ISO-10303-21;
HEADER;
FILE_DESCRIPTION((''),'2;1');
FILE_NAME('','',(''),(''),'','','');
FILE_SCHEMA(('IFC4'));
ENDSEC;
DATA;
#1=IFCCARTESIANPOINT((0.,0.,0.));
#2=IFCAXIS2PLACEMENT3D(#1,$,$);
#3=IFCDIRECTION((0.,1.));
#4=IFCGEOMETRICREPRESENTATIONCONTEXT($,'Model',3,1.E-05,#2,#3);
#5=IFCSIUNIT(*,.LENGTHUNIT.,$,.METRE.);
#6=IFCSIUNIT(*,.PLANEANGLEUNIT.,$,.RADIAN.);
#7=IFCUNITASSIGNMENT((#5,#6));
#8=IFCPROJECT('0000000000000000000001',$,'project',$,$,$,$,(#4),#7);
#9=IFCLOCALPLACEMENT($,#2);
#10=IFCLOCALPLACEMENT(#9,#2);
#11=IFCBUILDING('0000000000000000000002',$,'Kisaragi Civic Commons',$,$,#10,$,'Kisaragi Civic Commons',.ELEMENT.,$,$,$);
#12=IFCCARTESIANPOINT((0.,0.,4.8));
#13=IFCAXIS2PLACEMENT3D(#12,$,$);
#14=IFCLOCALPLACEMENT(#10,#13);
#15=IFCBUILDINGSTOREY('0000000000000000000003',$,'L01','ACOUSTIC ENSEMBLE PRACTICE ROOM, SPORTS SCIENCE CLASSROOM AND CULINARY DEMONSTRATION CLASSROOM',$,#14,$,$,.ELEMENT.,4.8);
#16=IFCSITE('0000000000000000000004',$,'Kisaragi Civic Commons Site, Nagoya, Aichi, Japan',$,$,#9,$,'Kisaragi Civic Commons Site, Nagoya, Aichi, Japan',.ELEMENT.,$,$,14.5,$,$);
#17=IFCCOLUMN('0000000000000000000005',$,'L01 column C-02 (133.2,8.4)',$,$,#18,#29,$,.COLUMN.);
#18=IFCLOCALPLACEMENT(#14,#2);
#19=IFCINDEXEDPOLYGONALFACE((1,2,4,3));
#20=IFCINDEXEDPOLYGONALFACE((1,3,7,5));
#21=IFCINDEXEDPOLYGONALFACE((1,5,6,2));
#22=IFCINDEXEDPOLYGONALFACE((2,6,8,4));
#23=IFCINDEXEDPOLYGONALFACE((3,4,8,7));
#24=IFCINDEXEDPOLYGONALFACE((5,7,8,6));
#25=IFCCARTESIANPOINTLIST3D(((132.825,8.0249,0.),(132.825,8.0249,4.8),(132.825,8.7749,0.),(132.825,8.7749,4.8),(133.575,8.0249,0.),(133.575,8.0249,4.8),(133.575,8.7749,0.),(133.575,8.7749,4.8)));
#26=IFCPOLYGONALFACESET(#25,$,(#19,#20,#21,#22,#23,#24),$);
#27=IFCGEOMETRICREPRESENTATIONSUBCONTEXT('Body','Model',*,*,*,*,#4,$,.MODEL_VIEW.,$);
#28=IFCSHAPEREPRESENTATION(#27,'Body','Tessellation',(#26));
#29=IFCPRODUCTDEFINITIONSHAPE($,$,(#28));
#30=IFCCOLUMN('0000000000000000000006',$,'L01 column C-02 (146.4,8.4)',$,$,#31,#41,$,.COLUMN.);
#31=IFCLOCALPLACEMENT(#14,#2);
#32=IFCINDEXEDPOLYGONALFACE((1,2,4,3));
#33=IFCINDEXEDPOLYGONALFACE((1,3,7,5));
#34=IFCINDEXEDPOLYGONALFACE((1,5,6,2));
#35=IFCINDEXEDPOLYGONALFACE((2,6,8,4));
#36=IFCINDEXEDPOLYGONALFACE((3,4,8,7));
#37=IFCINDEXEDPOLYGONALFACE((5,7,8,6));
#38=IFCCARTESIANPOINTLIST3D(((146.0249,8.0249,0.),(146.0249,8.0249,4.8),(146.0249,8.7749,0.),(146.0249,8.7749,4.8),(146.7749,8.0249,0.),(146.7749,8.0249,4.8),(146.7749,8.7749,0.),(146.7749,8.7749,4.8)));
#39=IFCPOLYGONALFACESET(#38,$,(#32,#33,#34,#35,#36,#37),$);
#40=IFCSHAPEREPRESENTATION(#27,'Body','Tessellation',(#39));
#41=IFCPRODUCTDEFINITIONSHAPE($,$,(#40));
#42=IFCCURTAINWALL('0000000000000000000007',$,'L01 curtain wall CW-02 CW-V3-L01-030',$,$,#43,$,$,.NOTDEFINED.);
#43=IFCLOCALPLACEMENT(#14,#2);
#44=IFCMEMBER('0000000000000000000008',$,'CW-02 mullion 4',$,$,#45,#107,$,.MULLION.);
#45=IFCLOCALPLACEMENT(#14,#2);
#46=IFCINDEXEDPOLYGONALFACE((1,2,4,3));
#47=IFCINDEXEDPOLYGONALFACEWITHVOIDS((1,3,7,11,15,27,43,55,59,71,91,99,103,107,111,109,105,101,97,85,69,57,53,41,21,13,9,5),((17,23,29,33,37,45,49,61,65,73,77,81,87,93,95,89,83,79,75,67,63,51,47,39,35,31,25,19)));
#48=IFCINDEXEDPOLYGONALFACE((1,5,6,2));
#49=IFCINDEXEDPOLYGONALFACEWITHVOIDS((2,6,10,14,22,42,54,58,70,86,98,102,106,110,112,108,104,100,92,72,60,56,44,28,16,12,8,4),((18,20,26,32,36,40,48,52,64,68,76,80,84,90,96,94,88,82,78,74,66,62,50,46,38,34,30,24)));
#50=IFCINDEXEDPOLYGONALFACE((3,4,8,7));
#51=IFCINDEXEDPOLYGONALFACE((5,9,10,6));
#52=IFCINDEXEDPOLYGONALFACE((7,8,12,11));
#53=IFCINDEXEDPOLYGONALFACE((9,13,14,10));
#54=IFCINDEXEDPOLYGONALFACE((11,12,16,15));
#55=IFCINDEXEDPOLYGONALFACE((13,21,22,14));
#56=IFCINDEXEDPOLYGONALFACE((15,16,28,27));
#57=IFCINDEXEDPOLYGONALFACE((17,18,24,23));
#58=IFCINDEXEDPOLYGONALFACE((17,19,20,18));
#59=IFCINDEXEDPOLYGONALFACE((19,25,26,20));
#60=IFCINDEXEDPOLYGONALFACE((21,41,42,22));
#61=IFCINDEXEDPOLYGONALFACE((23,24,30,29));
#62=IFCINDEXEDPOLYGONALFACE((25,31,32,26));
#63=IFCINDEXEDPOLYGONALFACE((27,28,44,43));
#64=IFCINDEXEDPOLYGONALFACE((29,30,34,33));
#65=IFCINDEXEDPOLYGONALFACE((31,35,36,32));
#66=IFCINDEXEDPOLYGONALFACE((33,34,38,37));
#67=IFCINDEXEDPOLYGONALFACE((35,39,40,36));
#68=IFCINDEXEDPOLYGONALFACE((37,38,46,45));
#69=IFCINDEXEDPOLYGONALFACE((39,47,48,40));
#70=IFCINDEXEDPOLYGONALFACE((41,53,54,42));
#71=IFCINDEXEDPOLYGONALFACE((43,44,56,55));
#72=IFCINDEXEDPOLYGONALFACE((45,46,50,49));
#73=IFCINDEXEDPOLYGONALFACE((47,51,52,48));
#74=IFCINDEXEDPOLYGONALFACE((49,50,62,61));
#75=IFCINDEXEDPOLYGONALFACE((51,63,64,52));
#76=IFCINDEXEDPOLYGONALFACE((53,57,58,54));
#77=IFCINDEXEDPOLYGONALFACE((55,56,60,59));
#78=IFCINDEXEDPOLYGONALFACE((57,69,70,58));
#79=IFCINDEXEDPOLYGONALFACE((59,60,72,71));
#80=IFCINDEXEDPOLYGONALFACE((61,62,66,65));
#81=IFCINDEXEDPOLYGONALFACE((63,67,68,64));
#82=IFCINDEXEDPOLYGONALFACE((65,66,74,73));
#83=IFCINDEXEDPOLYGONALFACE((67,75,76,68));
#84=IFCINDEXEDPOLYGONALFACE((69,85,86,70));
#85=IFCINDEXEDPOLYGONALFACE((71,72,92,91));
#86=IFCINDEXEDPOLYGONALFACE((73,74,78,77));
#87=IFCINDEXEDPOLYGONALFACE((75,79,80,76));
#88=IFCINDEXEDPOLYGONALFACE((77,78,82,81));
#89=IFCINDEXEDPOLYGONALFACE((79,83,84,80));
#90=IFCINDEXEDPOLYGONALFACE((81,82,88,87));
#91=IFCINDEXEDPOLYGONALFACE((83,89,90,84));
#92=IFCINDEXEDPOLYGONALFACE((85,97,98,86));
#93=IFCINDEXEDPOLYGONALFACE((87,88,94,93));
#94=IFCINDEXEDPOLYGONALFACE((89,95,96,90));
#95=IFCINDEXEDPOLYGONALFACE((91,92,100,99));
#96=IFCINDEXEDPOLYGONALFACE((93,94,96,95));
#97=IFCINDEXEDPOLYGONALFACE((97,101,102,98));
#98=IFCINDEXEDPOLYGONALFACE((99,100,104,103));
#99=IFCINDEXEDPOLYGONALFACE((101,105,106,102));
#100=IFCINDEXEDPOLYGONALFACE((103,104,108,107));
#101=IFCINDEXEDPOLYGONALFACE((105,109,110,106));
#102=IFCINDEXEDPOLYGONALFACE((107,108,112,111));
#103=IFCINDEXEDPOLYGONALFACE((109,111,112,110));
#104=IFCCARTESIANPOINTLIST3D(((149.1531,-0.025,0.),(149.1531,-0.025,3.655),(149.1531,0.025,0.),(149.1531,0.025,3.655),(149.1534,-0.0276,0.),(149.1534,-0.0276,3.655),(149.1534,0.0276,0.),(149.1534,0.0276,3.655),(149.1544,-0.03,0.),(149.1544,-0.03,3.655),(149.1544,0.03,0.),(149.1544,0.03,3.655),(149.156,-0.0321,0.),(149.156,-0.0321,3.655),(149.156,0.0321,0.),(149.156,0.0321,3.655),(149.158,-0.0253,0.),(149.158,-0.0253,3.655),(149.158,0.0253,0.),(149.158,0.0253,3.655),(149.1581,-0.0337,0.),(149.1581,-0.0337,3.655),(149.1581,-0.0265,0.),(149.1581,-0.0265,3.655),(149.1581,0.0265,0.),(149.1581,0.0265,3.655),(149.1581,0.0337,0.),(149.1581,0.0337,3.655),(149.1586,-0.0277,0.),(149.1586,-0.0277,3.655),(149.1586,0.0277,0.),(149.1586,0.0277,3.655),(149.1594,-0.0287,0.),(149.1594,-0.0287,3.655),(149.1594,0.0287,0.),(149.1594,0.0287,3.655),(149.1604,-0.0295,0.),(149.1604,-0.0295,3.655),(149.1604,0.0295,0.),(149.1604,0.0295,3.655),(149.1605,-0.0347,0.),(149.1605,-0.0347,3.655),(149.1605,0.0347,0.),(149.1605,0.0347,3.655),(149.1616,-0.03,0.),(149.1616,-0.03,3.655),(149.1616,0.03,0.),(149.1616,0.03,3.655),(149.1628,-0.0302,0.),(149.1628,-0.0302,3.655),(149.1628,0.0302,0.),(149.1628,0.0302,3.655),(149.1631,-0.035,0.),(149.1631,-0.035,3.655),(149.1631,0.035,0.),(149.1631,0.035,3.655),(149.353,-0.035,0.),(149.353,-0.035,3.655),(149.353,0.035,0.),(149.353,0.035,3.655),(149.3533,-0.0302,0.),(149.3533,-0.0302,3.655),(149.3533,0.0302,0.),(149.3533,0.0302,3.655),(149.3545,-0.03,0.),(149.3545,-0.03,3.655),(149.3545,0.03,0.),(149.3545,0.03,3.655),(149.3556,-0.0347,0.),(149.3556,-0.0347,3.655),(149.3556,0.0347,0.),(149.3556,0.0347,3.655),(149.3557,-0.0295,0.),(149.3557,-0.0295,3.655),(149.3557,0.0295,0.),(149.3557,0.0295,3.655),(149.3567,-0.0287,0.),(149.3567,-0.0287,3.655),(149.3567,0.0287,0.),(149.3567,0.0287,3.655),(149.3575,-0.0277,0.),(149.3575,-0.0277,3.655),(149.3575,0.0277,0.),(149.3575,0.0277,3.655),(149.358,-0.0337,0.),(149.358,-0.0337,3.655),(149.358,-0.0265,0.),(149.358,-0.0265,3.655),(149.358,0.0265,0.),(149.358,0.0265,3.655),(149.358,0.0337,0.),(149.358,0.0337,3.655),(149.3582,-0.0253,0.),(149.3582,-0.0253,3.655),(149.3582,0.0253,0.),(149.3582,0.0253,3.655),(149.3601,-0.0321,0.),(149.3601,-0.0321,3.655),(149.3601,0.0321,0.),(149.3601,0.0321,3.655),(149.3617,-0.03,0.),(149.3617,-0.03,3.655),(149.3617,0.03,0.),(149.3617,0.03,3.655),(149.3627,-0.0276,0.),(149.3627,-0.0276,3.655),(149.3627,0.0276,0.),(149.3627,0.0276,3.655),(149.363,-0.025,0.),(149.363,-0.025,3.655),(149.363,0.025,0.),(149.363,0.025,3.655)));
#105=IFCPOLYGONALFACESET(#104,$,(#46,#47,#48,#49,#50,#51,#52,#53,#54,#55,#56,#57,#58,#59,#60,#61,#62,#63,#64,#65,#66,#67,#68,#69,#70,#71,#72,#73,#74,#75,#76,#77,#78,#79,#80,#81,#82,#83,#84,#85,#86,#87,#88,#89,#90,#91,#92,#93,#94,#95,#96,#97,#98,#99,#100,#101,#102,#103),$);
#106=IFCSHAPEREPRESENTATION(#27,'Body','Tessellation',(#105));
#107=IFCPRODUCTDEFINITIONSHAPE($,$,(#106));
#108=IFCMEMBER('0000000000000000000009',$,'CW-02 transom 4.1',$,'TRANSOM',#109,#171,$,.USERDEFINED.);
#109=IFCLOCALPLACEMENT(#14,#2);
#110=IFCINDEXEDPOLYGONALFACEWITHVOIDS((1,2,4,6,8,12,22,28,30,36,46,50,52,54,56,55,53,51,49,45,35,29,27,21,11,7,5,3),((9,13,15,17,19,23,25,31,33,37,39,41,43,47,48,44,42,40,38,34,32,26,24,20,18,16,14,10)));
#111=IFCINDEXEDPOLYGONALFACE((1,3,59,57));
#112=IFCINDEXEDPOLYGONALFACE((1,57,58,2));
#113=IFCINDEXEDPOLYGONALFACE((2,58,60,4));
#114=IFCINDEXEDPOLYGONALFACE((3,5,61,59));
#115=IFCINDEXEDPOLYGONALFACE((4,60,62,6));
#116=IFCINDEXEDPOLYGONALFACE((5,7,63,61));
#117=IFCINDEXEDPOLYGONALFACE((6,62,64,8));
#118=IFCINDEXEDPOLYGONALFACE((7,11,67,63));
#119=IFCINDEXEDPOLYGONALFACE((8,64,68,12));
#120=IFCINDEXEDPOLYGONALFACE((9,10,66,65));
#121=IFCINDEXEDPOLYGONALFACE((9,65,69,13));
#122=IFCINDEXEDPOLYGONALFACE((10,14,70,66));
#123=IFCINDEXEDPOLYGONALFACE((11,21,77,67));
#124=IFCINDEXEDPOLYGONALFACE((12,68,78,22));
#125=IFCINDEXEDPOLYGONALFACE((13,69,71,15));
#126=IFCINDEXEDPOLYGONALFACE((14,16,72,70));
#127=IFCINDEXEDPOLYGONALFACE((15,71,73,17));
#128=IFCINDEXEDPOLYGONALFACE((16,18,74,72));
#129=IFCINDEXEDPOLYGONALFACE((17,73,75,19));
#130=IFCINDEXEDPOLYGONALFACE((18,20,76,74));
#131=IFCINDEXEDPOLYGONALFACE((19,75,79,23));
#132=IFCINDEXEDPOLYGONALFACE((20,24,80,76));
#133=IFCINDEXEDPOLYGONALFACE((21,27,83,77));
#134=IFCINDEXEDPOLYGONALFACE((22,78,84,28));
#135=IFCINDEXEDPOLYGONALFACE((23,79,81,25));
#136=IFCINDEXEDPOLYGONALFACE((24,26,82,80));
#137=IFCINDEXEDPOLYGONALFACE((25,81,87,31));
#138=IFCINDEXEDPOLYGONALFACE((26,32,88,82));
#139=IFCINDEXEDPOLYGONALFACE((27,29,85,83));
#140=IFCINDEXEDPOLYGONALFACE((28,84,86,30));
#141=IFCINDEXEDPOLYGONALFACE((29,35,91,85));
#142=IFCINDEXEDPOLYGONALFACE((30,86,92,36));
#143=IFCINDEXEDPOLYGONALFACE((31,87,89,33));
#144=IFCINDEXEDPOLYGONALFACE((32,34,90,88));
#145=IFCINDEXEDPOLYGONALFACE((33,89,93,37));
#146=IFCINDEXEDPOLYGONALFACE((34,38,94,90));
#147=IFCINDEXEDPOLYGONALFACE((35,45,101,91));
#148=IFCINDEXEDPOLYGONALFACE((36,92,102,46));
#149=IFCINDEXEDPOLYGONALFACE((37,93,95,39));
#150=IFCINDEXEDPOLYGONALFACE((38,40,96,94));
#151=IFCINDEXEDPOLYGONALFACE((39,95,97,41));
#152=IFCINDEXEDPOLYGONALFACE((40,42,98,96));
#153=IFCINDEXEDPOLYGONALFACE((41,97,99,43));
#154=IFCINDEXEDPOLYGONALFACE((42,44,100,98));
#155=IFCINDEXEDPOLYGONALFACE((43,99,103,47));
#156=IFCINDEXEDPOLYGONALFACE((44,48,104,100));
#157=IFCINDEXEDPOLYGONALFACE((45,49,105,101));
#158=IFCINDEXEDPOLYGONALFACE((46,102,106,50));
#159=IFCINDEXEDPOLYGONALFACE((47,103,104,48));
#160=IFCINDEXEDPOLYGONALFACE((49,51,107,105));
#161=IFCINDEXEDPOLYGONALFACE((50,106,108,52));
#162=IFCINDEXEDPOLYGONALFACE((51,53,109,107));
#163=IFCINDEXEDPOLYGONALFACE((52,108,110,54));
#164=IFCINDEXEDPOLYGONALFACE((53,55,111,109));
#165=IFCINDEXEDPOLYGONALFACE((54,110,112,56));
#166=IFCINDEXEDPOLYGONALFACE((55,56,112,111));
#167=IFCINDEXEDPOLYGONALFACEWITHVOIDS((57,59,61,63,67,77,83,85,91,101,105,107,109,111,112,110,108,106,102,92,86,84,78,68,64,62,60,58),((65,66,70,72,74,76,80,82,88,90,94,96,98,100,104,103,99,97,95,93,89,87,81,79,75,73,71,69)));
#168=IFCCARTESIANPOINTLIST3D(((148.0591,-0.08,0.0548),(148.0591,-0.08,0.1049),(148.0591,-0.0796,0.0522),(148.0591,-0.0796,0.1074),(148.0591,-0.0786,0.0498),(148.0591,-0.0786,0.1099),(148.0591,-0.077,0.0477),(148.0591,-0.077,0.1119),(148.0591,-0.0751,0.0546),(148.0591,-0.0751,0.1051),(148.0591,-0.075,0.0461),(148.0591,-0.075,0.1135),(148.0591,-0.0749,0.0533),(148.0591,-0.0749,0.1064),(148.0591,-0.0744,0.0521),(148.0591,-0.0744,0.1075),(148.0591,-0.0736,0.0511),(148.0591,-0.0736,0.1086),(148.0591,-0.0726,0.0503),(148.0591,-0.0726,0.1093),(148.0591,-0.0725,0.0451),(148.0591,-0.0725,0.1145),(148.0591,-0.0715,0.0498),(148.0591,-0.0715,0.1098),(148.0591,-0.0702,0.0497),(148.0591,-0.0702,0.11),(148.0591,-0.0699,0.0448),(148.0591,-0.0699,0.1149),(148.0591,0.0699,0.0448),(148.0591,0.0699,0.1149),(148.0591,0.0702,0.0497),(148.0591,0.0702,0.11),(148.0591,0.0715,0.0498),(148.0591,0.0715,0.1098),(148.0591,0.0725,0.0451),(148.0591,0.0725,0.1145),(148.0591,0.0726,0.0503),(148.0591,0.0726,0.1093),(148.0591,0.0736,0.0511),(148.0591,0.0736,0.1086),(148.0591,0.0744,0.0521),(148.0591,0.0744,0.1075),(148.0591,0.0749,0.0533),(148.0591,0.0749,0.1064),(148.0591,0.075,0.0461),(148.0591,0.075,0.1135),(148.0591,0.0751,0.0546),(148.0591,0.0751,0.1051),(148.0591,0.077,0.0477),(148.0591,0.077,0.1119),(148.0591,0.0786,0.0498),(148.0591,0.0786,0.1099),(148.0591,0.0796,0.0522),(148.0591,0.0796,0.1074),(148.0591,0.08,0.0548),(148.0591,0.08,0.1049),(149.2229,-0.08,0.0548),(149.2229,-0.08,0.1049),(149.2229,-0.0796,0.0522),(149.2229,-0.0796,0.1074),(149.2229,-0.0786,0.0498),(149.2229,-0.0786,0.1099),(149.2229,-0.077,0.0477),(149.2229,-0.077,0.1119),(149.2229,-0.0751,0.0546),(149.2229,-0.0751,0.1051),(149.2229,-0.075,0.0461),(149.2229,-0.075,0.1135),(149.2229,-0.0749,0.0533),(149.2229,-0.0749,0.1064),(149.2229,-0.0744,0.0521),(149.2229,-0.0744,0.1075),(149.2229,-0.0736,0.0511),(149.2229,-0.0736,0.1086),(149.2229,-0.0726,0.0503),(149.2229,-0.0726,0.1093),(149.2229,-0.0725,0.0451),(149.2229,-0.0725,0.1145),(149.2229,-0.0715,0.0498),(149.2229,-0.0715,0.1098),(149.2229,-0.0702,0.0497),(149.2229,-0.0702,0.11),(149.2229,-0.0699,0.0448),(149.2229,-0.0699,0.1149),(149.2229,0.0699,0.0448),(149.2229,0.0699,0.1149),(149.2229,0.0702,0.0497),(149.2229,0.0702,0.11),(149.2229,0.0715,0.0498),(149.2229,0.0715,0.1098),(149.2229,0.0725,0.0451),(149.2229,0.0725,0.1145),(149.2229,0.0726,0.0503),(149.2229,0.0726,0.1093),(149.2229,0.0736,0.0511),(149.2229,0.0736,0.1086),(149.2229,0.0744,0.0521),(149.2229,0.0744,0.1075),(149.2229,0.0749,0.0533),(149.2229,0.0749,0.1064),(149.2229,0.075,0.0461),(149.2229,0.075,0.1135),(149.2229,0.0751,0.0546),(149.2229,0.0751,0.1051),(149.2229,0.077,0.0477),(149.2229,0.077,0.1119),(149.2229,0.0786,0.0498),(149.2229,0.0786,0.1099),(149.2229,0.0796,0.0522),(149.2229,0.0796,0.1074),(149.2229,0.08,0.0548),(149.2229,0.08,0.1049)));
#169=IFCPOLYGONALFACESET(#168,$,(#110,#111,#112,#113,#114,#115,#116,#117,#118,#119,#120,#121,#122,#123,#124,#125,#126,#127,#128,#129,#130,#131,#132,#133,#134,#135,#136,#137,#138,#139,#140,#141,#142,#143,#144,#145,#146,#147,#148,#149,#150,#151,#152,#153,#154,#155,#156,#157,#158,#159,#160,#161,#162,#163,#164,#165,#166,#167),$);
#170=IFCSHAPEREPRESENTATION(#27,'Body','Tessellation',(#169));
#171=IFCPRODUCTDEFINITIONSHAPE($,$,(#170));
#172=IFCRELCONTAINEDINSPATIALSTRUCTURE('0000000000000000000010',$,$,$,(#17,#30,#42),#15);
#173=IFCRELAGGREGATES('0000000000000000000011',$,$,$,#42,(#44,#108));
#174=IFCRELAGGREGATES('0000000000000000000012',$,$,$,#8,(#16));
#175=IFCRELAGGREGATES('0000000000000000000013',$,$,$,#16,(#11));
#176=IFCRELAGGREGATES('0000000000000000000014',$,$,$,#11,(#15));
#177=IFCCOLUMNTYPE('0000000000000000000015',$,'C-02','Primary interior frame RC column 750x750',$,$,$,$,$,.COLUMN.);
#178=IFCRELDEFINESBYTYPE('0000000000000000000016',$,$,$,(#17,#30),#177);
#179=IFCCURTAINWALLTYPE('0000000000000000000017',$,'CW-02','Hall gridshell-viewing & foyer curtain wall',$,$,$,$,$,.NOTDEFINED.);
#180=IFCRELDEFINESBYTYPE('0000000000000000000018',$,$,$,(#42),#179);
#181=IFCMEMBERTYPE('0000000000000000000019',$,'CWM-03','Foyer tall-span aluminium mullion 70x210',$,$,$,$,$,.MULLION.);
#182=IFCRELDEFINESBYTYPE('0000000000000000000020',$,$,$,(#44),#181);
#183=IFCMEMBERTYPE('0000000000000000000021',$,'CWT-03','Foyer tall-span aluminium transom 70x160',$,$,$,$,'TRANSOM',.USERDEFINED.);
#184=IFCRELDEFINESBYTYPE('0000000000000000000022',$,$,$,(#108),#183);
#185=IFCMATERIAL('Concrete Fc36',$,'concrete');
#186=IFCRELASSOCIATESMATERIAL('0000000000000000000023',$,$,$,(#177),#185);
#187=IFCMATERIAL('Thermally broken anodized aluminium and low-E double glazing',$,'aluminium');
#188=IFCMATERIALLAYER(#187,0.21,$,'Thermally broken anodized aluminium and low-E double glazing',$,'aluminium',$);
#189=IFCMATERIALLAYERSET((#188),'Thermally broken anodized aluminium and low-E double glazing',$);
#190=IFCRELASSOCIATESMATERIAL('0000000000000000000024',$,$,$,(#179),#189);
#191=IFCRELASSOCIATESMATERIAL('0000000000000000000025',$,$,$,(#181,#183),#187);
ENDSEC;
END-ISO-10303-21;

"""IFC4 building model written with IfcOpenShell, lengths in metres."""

from ifc_helpers import new_model, si_unit, direction, frame, origin, origin_2d, place, context, subcontext, project, spatial, rectangle, hollow_rectangle, extrude, material, layer, layer_set, material_profile, profile_set, type_object, element, aggregate, save


model = new_model("IFC4")

# Units and contexts
model_context = context("Model", 3, precision=1e-05, world=origin(), true_north=direction((0.0, 1.0)))
body_context = subcontext(model_context, "Body", "Model", "MODEL_VIEW")
ifc_project = project(units=[si_unit("LENGTHUNIT", "METRE"), si_unit("PLANEANGLEUNIT", "RADIAN")], contexts=[model_context])

# Site, building, storey
site_placement = place(None, origin())
site = spatial("IfcSite", under=ifc_project, at=site_placement, Name="Kisaragi Civic Commons Site, Nagoya, Aichi, Japan", LongName="Kisaragi Civic Commons Site, Nagoya, Aichi, Japan", CompositionType="ELEMENT", RefElevation=14.5)
building_placement = place(site_placement, origin())
building = spatial("IfcBuilding", under=site, at=building_placement, Name="Kisaragi Civic Commons", LongName="Kisaragi Civic Commons", CompositionType="ELEMENT")
storey_placement = place(building_placement, frame((0.0, 0.0, 4.8)))
storey = spatial("IfcBuildingStorey", under=building, at=storey_placement, Name="L01", Description="ACOUSTIC ENSEMBLE PRACTICE ROOM, SPORTS SCIENCE CLASSROOM AND CULINARY DEMONSTRATION CLASSROOM", CompositionType="ELEMENT", Elevation=4.8)

# Columns
ifc_material_1 = material(Name="Concrete Fc36", Category="concrete")
ifc_material_profile_1 = material_profile(ifc_material_1, rectangle(XDim=0.75, YDim=0.75, at=origin_2d()), Name="RC-750x750", Category="concrete")
ifc_profile_set_1 = profile_set([ifc_material_profile_1], Name="Concrete Fc36")
column_type = type_object("IfcColumnType", Name="C-02", Description="Primary interior frame RC column 750x750", PredefinedType="COLUMN", material=ifc_profile_set_1)
for number, where, z_axis, x_axis, name in (
    (1, (133.2, 8.3999, 0.0), (0.0, 0.0, 1.0), (1.0, 0.0, 0.0), "L01 column C-02 (133.2,8.4)"),
    (2, (146.3999, 8.3999, 0.0), (0.0, 0.0, 1.0), (1.0, 0.0, 0.0), "L01 column C-02 (146.4,8.4)"),
):
    element("IfcColumn", number, at=place(storey_placement, frame(where, z_axis=z_axis, x_axis=x_axis)), inside=storey, type_object=column_type, Name=name, PredefinedType="COLUMN", context=body_context, shape_type="SweptSolid", body=[
        extrude(rectangle(XDim=0.75, YDim=0.75, at=origin_2d()), origin(), (0.0, 0.0, 1.0), 4.8),
    ])

# Curtain wall, members
ifc_material_2 = material(Name="Thermally broken anodized aluminium and low-E double glazing", Category="aluminium")
ifc_layer_1 = layer(ifc_material_2, 0.21, Name="Thermally broken anodized aluminium and low-E double glazing", Category="aluminium")
ifc_layer_set_1 = layer_set([ifc_layer_1], Name="Thermally broken anodized aluminium and low-E double glazing")
curtain_wall_type = type_object("IfcCurtainWallType", Name="CW-02", Description="Hall gridshell-viewing & foyer curtain wall", PredefinedType="NOTDEFINED", material=ifc_layer_set_1)
curtain_wall_placement = place(storey_placement, origin())
curtain_wall = element("IfcCurtainWall", 3, at=curtain_wall_placement, inside=storey, type_object=curtain_wall_type, Name="L01 curtain wall CW-02 CW-V3-L01-030", PredefinedType="NOTDEFINED")
ifc_material_profile_2 = material_profile(ifc_material_2, hollow_rectangle(XDim=0.0701, YDim=0.21, WallThickness=0.0049, InnerFilletRadius=0.0049, OuterFilletRadius=0.01, at=origin_2d()), Name="CWM-70x210x5", Category="aluminium")
ifc_profile_set_2 = profile_set([ifc_material_profile_2], Name="Thermally broken anodized aluminium and low-E double glazing")
member_type_1 = type_object("IfcMemberType", Name="CWM-03", Description="Foyer tall-span aluminium mullion 70x210", PredefinedType="MULLION", material=ifc_profile_set_2)
member_1_placement = place(storey_placement, frame((149.2581, 0.0, 0.0), z_axis=(0.0, 0.0, 1.0), x_axis=(0.0, -1.0, 0.0)))
member_1 = element("IfcMember", 4, at=member_1_placement, type_object=member_type_1, Name="CW-02 mullion 4", PredefinedType="MULLION", context=body_context, shape_type="SweptSolid", body=[
    extrude(hollow_rectangle(XDim=0.0701, YDim=0.21, WallThickness=0.0049, InnerFilletRadius=0.0049, OuterFilletRadius=0.01, at=origin_2d()), origin(), (0.0, 0.0, 1.0), 3.655),
])
ifc_material_profile_3 = material_profile(ifc_material_2, hollow_rectangle(XDim=0.1599, YDim=0.0701, WallThickness=0.0049, InnerFilletRadius=0.0049, OuterFilletRadius=0.01, at=origin_2d()), Name="CWT-70x160x5", Category="aluminium")
ifc_profile_set_3 = profile_set([ifc_material_profile_3], Name="Thermally broken anodized aluminium and low-E double glazing")
member_type_2 = type_object("IfcMemberType", Name="CWT-03", Description="Foyer tall-span aluminium transom 70x160", ElementType="TRANSOM", PredefinedType="USERDEFINED", material=ifc_profile_set_3)
member_2_placement = place(storey_placement, frame((149.2229, 0.0, 0.0798), z_axis=(-1.0, 0.0, 0.0), x_axis=(0.0, -1.0, 0.0)))
member_2 = element("IfcMember", 5, at=member_2_placement, type_object=member_type_2, Name="CW-02 transom 4.1", ObjectType="TRANSOM", PredefinedType="USERDEFINED", context=body_context, shape_type="SweptSolid", body=[
    extrude(hollow_rectangle(XDim=0.1599, YDim=0.0701, WallThickness=0.0049, InnerFilletRadius=0.0049, OuterFilletRadius=0.01, at=origin_2d()), origin(), (0.0, 0.0, 1.0), 1.1638),
])

aggregate(curtain_wall, [member_1, member_2])

save(model, "model.ifc")
